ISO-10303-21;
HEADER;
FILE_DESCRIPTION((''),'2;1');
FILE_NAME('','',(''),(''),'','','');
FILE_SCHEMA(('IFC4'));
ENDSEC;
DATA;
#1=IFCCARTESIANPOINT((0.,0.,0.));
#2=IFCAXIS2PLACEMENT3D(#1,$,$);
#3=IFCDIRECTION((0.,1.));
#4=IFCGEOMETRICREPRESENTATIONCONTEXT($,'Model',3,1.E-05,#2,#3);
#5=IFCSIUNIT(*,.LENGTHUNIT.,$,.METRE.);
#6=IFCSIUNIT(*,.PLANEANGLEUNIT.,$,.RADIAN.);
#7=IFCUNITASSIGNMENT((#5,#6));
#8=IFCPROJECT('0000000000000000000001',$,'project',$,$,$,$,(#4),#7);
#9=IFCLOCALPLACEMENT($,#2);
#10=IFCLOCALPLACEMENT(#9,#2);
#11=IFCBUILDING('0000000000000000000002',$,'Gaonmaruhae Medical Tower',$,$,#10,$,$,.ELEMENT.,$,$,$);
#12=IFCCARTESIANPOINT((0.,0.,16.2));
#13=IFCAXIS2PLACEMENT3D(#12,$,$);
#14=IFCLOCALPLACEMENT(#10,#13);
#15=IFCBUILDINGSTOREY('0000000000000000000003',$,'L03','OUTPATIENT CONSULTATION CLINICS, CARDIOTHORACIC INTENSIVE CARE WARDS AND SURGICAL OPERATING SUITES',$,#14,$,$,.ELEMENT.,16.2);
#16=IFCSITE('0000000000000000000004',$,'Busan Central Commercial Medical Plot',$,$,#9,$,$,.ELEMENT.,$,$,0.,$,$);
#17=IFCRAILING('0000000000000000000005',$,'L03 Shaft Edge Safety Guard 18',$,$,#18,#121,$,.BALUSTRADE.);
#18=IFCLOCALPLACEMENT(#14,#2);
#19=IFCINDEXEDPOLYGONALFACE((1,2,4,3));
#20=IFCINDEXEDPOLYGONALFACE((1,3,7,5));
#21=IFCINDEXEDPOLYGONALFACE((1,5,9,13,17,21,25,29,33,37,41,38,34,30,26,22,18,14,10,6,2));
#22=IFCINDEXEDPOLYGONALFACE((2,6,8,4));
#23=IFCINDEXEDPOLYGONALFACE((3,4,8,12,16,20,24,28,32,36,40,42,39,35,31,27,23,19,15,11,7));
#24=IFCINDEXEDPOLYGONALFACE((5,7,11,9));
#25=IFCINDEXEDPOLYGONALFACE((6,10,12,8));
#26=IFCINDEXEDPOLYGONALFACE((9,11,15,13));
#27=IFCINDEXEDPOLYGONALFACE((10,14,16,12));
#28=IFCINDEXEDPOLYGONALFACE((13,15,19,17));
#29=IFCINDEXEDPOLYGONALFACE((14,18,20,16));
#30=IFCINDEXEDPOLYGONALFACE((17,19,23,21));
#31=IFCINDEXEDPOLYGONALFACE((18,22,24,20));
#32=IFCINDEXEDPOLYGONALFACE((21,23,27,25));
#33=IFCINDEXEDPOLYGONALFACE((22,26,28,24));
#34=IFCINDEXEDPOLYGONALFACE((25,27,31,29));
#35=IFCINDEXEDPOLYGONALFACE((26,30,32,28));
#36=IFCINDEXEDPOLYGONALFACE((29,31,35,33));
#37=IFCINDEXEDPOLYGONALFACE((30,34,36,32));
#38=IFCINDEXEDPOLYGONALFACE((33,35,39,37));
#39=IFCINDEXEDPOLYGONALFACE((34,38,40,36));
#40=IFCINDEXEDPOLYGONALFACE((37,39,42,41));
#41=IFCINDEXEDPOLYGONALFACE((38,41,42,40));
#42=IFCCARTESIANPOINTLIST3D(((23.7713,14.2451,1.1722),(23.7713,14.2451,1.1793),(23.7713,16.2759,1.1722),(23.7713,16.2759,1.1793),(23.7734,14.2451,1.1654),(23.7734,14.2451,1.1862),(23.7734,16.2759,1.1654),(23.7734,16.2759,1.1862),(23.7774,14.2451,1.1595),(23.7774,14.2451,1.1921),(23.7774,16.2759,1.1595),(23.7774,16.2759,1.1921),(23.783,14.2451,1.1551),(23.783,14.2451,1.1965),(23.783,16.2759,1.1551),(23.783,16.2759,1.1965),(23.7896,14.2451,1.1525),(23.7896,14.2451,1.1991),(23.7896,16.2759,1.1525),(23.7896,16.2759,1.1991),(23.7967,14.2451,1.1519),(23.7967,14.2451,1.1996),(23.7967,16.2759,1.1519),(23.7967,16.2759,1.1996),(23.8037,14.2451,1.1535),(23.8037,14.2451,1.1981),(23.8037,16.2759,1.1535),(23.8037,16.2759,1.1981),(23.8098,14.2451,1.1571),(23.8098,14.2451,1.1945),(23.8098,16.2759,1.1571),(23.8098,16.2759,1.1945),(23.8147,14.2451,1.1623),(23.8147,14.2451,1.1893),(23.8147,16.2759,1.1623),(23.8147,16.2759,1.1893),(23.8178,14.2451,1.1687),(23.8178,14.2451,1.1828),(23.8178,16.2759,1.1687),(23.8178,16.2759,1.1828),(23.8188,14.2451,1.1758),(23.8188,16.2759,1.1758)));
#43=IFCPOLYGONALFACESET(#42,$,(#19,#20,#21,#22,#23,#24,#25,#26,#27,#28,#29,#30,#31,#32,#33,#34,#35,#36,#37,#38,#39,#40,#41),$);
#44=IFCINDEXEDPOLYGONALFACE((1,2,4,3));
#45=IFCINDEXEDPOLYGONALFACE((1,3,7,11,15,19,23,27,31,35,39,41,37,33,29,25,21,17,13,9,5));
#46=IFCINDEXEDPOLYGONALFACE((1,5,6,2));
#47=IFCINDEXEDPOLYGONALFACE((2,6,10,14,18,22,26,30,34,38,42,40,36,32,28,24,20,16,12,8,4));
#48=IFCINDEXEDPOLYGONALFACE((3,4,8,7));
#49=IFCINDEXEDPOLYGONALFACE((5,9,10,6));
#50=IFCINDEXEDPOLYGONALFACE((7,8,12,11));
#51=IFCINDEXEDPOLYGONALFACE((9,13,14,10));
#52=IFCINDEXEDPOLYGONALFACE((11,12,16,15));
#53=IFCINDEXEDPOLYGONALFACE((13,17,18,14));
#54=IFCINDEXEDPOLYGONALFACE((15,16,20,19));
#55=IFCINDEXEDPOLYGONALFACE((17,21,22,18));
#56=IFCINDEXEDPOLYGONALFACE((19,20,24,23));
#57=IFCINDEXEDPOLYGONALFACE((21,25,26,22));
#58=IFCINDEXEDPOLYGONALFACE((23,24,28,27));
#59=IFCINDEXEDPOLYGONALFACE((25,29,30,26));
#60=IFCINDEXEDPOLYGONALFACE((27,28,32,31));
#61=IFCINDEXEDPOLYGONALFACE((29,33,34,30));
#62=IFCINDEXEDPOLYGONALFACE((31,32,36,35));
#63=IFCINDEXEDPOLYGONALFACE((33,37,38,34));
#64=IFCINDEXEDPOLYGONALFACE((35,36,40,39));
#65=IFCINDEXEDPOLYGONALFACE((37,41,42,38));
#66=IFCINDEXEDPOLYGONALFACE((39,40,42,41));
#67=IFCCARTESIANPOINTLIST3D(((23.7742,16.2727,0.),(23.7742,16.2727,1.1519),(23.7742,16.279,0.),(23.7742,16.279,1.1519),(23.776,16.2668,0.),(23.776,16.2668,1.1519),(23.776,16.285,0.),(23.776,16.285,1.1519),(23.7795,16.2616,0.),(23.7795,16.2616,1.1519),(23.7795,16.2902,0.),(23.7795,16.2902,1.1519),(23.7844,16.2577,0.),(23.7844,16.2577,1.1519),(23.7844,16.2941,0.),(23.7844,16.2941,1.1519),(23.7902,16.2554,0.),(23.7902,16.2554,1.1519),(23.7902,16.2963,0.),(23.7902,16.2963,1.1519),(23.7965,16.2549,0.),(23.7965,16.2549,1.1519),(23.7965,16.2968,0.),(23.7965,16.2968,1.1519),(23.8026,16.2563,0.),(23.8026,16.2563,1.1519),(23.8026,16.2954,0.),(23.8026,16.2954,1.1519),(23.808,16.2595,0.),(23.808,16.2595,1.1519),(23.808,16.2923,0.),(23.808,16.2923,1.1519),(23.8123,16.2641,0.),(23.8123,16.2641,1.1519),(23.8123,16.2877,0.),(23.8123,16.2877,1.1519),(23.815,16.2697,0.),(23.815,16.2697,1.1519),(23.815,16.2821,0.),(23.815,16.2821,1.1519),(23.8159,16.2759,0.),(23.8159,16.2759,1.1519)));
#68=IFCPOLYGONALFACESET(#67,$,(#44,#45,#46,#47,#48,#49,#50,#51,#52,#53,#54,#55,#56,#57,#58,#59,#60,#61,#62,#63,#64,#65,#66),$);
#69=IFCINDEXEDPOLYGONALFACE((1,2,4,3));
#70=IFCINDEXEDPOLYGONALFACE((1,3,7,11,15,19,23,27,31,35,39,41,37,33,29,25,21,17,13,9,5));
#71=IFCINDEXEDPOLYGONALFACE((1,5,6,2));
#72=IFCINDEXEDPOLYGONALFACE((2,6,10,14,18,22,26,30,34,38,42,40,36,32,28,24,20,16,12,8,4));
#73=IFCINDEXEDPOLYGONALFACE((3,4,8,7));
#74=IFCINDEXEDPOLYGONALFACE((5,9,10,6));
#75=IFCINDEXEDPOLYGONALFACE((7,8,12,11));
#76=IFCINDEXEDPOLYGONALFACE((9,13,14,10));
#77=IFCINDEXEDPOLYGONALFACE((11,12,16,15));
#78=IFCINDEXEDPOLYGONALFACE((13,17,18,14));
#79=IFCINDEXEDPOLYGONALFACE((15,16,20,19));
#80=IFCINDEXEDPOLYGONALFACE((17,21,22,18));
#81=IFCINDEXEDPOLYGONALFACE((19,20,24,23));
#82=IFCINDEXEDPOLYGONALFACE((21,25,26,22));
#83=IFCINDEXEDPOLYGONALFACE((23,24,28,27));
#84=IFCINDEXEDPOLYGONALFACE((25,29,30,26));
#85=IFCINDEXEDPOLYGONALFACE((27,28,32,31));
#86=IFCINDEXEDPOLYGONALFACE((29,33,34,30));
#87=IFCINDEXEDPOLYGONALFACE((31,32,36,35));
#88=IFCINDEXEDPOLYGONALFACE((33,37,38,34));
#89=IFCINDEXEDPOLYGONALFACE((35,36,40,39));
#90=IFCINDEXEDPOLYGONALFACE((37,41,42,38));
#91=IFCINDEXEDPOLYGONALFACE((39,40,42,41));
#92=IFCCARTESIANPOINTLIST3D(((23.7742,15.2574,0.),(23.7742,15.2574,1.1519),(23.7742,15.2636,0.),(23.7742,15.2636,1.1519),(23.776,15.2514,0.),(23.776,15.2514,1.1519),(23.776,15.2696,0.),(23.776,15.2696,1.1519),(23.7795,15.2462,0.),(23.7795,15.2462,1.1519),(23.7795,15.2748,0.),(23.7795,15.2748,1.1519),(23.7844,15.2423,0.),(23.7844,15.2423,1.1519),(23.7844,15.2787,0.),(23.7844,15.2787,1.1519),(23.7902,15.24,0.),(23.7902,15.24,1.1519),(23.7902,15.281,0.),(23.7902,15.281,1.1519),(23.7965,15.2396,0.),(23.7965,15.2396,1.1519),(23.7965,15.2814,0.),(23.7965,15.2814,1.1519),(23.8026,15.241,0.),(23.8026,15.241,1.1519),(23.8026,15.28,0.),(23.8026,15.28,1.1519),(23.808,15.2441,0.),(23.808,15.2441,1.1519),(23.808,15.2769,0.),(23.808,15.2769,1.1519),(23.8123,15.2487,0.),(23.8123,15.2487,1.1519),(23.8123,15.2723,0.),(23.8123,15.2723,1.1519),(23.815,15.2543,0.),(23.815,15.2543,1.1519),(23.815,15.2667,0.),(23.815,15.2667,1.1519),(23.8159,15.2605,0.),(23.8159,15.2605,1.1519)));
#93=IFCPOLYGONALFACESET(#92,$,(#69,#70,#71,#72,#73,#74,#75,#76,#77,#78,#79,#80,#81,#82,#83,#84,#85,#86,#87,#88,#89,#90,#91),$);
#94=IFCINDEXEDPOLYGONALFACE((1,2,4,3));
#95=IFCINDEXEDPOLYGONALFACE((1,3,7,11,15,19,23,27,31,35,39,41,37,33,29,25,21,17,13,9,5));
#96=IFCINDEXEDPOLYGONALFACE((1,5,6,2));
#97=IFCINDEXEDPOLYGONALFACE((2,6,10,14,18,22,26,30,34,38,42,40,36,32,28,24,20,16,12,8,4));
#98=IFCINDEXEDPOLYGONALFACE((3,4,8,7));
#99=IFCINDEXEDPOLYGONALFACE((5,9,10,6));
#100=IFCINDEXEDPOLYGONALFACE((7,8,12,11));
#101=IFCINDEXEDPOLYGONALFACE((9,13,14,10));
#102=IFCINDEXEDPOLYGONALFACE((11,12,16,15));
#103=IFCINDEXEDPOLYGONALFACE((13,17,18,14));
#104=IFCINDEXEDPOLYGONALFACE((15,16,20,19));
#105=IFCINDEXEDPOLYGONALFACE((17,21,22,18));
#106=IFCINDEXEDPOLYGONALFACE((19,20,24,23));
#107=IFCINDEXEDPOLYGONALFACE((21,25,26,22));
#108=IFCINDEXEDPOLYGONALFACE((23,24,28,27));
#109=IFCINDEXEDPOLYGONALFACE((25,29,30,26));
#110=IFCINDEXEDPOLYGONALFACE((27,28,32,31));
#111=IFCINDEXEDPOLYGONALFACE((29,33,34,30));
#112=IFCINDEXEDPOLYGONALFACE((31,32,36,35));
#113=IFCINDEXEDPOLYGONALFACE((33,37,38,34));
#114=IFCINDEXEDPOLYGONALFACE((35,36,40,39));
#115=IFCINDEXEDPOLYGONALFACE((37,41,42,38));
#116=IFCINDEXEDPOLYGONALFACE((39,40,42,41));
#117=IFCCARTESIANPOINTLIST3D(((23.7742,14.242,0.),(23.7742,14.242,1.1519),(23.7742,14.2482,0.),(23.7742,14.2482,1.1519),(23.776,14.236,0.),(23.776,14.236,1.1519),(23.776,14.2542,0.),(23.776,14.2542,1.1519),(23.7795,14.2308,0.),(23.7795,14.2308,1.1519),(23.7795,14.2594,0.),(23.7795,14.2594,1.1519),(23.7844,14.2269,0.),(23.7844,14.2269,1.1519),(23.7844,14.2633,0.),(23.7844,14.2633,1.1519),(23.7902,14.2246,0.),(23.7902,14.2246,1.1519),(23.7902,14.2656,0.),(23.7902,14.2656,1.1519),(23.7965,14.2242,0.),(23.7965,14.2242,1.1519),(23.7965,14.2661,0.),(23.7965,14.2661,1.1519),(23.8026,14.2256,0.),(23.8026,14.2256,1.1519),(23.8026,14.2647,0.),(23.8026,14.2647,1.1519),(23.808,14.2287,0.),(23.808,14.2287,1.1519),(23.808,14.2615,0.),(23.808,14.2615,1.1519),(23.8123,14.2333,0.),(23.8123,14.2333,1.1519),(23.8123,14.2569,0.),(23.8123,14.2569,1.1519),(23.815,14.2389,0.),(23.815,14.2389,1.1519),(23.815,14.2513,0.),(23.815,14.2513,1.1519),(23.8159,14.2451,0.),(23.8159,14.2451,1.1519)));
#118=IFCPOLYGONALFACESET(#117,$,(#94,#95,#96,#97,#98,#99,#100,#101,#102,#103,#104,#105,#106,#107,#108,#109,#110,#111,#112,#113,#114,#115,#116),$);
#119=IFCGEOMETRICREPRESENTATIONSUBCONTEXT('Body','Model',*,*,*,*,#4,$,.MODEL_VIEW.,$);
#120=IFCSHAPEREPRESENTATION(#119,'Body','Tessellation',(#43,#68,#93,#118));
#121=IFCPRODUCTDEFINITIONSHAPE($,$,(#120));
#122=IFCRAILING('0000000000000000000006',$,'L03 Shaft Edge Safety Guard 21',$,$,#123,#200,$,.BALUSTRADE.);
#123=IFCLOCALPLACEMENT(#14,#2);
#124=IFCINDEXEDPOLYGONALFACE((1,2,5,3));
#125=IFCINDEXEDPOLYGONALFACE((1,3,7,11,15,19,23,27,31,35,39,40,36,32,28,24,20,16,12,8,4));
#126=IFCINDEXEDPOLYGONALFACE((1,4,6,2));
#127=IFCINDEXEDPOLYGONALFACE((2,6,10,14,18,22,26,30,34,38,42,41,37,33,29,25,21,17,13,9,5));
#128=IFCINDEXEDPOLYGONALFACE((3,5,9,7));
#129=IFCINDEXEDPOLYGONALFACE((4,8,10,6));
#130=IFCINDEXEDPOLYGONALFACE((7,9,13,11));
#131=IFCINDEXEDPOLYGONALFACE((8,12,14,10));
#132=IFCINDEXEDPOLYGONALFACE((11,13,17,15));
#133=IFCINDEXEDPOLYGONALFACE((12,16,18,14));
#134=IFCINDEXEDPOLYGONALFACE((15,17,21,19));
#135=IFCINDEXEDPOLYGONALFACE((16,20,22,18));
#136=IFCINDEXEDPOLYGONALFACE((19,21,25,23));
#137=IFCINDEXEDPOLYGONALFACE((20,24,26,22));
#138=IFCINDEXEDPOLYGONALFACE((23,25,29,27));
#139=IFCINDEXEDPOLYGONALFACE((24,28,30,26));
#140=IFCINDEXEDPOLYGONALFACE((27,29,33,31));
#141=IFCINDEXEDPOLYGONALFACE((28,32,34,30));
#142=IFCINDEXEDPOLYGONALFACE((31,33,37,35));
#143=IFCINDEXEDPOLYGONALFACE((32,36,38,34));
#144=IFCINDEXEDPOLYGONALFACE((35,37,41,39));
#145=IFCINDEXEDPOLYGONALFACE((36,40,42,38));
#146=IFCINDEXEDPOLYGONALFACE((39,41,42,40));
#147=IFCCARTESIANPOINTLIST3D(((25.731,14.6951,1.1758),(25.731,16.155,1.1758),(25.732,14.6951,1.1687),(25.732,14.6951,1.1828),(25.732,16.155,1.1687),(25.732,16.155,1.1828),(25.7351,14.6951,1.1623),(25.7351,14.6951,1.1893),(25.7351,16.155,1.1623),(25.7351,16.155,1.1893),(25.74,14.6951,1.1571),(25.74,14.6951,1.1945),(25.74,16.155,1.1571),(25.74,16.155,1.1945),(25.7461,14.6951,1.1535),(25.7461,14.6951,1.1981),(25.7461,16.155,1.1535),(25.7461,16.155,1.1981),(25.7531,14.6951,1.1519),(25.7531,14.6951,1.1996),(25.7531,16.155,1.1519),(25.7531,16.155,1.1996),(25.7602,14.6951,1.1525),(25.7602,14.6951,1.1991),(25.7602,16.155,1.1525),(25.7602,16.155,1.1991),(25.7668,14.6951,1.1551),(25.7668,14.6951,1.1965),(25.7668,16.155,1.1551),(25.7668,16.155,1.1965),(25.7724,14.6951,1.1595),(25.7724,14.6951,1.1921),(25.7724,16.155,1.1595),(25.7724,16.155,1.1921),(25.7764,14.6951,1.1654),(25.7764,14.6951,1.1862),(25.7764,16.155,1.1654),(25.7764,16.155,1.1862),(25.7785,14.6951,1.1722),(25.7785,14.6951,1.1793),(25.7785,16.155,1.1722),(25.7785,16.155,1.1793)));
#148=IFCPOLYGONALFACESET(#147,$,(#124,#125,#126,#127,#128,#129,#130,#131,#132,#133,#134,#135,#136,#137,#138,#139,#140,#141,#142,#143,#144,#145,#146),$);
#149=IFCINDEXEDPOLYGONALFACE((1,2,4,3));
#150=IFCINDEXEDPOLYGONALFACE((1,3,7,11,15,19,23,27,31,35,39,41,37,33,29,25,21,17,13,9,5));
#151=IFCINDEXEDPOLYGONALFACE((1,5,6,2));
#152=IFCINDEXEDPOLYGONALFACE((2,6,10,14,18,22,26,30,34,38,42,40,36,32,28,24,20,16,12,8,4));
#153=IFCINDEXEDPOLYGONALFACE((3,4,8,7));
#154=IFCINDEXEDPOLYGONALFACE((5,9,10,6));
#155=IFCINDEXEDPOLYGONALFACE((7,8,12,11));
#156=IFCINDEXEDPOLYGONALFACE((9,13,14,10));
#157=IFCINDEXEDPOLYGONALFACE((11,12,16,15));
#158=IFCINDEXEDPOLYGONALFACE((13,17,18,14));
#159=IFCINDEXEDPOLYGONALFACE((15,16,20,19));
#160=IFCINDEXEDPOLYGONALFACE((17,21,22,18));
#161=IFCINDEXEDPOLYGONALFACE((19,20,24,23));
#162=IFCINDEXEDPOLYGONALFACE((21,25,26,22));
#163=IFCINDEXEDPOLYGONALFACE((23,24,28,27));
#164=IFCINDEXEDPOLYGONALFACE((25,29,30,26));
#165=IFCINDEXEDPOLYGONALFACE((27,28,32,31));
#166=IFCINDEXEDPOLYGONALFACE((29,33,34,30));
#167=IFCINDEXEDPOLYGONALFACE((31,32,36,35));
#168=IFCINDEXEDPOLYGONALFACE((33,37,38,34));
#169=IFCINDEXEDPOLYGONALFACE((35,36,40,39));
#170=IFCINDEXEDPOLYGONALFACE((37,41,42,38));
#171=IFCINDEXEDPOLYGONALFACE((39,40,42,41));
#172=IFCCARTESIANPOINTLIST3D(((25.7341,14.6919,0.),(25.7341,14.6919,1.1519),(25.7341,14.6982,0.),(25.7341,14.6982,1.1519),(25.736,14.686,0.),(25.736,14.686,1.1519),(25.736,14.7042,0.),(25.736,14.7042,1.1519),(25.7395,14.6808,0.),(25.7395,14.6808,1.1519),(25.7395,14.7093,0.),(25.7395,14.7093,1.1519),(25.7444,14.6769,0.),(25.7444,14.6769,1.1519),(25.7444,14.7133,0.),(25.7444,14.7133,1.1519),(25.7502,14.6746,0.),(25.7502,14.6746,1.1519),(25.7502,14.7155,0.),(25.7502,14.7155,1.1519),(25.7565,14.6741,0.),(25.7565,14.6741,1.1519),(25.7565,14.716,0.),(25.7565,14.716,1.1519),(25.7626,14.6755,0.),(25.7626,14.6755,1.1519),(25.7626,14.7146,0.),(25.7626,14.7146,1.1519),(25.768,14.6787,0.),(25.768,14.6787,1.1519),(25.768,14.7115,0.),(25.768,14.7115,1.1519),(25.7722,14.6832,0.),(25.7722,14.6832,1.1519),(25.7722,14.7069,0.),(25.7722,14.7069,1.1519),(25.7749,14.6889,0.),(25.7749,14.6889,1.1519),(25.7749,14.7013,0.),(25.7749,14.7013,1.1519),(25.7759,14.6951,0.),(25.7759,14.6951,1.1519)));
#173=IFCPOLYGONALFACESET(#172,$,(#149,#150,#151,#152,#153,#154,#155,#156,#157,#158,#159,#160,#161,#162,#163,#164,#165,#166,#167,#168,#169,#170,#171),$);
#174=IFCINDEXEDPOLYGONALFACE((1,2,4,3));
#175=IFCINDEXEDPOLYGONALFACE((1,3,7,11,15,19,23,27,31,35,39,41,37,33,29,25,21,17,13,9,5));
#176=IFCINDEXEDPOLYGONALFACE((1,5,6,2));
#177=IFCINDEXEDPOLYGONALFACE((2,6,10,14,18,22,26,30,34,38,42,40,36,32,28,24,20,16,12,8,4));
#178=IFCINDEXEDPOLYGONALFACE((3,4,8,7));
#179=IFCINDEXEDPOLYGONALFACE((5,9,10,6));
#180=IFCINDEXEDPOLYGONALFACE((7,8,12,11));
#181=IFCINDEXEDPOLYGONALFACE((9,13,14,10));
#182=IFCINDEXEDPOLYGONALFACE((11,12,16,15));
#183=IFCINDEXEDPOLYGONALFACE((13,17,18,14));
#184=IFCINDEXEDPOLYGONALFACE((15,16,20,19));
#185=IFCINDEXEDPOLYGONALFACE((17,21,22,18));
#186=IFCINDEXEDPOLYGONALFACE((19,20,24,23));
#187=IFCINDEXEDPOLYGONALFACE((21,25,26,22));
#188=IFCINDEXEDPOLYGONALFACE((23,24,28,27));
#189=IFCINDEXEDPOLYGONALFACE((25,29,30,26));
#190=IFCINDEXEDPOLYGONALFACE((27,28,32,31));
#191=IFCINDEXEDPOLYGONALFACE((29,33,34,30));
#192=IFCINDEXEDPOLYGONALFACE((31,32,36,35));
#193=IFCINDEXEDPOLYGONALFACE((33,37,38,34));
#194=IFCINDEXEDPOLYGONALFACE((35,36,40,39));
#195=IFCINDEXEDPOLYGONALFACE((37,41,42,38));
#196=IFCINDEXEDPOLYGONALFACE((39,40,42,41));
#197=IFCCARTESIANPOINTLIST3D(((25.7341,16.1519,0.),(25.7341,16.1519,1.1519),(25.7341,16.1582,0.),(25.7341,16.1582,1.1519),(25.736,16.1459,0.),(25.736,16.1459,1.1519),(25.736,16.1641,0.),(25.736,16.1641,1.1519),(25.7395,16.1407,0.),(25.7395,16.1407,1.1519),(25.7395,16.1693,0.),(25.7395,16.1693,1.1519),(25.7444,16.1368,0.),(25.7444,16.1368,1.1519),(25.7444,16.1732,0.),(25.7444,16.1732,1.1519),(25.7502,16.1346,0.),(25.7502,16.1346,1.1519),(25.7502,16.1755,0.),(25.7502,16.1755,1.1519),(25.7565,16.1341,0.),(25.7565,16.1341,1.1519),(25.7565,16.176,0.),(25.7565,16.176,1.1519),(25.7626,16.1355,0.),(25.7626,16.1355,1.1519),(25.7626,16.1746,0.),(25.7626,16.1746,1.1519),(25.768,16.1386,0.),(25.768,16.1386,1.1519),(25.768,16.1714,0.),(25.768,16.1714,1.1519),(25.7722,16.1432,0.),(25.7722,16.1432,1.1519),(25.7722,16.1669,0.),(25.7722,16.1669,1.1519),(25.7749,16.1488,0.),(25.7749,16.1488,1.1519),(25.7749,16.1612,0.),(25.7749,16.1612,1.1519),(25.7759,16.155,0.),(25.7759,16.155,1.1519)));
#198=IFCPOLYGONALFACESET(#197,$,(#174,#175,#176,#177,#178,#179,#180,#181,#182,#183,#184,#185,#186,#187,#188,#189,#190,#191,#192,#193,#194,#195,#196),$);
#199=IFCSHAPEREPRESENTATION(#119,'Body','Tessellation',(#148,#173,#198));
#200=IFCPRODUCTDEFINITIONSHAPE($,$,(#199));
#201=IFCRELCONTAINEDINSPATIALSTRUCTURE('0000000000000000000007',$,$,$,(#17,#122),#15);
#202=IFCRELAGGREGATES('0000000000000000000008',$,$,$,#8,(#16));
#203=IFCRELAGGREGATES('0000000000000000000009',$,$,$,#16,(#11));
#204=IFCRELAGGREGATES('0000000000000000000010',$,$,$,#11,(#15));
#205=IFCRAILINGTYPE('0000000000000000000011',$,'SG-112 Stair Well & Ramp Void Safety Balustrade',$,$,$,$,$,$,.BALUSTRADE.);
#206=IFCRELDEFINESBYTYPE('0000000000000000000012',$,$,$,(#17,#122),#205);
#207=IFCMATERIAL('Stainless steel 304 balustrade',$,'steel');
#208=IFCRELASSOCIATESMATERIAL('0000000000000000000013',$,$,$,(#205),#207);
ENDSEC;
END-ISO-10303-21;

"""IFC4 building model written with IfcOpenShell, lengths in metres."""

from ifc_helpers import new_model, si_unit, direction, frame, origin, origin_2d, place, context, subcontext, project, spatial, circle, extrude, material, type_object, element, save


model = new_model("IFC4")

# Units and contexts
model_context = context("Model", 3, precision=1e-05, world=origin(), true_north=direction((0.0, 1.0)))
body_context = subcontext(model_context, "Body", "Model", "MODEL_VIEW")
ifc_project = project(units=[si_unit("LENGTHUNIT", "METRE"), si_unit("PLANEANGLEUNIT", "RADIAN")], contexts=[model_context])

# Site, building, storey
site_placement = place(None, origin())
site = spatial("IfcSite", under=ifc_project, at=site_placement, Name="Busan Central Commercial Medical Plot", CompositionType="ELEMENT", RefElevation=0.0)
building_placement = place(site_placement, origin())
building = spatial("IfcBuilding", under=site, at=building_placement, Name="Gaonmaruhae Medical Tower", CompositionType="ELEMENT")
storey_placement = place(building_placement, frame((0.0, 0.0, 16.2)))
storey = spatial("IfcBuildingStorey", under=building, at=storey_placement, Name="L03", Description="OUTPATIENT CONSULTATION CLINICS, CARDIOTHORACIC INTENSIVE CARE WARDS AND SURGICAL OPERATING SUITES", CompositionType="ELEMENT", Elevation=16.2)

# Railings
ifc_material_1 = material(Name="Stainless steel 304 balustrade", Category="steel")
railing_type = type_object("IfcRailingType", Name="SG-112 Stair Well & Ramp Void Safety Balustrade", PredefinedType="BALUSTRADE", material=ifc_material_1)
railing_1_placement = place(storey_placement, frame((23.7949, 16.2759, 0.0)))
element("IfcRailing", 1, at=railing_1_placement, inside=storey, type_object=railing_type, Name="L03 Shaft Edge Safety Guard 18", PredefinedType="BALUSTRADE", context=body_context, shape_type="SweptSolid", body=[
    extrude(circle(Radius=0.0239, at=origin_2d()), frame((0.0, 0.0, 1.1758), z_axis=(0.0, -1.0, 0.0), x_axis=(1.0, 0.0, 0.0)), (0.0, 0.0, 1.0), 2.0308),
    extrude(circle(Radius=0.021, at=origin_2d()), origin(), (0.0, 0.0, 1.0), 1.1519),
    extrude(circle(Radius=0.021, at=origin_2d()), frame((0.0, -1.0154, 0.0)), (0.0, 0.0, 1.0), 1.1519),
    extrude(circle(Radius=0.021, at=origin_2d()), frame((0.0, -2.0308, 0.0)), (0.0, 0.0, 1.0), 1.1519),
])
railing_2_placement = place(storey_placement, frame((25.7549, 14.6951, 0.0)))
element("IfcRailing", 2, at=railing_2_placement, inside=storey, type_object=railing_type, Name="L03 Shaft Edge Safety Guard 21", PredefinedType="BALUSTRADE", context=body_context, shape_type="SweptSolid", body=[
    extrude(circle(Radius=0.0239, at=origin_2d()), frame((0.0, 0.0, 1.1758), z_axis=(0.0, 1.0, 0.0), x_axis=(-1.0, 0.0, 0.0)), (0.0, 0.0, 1.0), 1.46),
    extrude(circle(Radius=0.021, at=origin_2d()), origin(), (0.0, 0.0, 1.0), 1.1519),
    extrude(circle(Radius=0.021, at=origin_2d()), frame((0.0, 1.46, 0.0)), (0.0, 0.0, 1.0), 1.1519),
])

save(model, "model.ifc")
